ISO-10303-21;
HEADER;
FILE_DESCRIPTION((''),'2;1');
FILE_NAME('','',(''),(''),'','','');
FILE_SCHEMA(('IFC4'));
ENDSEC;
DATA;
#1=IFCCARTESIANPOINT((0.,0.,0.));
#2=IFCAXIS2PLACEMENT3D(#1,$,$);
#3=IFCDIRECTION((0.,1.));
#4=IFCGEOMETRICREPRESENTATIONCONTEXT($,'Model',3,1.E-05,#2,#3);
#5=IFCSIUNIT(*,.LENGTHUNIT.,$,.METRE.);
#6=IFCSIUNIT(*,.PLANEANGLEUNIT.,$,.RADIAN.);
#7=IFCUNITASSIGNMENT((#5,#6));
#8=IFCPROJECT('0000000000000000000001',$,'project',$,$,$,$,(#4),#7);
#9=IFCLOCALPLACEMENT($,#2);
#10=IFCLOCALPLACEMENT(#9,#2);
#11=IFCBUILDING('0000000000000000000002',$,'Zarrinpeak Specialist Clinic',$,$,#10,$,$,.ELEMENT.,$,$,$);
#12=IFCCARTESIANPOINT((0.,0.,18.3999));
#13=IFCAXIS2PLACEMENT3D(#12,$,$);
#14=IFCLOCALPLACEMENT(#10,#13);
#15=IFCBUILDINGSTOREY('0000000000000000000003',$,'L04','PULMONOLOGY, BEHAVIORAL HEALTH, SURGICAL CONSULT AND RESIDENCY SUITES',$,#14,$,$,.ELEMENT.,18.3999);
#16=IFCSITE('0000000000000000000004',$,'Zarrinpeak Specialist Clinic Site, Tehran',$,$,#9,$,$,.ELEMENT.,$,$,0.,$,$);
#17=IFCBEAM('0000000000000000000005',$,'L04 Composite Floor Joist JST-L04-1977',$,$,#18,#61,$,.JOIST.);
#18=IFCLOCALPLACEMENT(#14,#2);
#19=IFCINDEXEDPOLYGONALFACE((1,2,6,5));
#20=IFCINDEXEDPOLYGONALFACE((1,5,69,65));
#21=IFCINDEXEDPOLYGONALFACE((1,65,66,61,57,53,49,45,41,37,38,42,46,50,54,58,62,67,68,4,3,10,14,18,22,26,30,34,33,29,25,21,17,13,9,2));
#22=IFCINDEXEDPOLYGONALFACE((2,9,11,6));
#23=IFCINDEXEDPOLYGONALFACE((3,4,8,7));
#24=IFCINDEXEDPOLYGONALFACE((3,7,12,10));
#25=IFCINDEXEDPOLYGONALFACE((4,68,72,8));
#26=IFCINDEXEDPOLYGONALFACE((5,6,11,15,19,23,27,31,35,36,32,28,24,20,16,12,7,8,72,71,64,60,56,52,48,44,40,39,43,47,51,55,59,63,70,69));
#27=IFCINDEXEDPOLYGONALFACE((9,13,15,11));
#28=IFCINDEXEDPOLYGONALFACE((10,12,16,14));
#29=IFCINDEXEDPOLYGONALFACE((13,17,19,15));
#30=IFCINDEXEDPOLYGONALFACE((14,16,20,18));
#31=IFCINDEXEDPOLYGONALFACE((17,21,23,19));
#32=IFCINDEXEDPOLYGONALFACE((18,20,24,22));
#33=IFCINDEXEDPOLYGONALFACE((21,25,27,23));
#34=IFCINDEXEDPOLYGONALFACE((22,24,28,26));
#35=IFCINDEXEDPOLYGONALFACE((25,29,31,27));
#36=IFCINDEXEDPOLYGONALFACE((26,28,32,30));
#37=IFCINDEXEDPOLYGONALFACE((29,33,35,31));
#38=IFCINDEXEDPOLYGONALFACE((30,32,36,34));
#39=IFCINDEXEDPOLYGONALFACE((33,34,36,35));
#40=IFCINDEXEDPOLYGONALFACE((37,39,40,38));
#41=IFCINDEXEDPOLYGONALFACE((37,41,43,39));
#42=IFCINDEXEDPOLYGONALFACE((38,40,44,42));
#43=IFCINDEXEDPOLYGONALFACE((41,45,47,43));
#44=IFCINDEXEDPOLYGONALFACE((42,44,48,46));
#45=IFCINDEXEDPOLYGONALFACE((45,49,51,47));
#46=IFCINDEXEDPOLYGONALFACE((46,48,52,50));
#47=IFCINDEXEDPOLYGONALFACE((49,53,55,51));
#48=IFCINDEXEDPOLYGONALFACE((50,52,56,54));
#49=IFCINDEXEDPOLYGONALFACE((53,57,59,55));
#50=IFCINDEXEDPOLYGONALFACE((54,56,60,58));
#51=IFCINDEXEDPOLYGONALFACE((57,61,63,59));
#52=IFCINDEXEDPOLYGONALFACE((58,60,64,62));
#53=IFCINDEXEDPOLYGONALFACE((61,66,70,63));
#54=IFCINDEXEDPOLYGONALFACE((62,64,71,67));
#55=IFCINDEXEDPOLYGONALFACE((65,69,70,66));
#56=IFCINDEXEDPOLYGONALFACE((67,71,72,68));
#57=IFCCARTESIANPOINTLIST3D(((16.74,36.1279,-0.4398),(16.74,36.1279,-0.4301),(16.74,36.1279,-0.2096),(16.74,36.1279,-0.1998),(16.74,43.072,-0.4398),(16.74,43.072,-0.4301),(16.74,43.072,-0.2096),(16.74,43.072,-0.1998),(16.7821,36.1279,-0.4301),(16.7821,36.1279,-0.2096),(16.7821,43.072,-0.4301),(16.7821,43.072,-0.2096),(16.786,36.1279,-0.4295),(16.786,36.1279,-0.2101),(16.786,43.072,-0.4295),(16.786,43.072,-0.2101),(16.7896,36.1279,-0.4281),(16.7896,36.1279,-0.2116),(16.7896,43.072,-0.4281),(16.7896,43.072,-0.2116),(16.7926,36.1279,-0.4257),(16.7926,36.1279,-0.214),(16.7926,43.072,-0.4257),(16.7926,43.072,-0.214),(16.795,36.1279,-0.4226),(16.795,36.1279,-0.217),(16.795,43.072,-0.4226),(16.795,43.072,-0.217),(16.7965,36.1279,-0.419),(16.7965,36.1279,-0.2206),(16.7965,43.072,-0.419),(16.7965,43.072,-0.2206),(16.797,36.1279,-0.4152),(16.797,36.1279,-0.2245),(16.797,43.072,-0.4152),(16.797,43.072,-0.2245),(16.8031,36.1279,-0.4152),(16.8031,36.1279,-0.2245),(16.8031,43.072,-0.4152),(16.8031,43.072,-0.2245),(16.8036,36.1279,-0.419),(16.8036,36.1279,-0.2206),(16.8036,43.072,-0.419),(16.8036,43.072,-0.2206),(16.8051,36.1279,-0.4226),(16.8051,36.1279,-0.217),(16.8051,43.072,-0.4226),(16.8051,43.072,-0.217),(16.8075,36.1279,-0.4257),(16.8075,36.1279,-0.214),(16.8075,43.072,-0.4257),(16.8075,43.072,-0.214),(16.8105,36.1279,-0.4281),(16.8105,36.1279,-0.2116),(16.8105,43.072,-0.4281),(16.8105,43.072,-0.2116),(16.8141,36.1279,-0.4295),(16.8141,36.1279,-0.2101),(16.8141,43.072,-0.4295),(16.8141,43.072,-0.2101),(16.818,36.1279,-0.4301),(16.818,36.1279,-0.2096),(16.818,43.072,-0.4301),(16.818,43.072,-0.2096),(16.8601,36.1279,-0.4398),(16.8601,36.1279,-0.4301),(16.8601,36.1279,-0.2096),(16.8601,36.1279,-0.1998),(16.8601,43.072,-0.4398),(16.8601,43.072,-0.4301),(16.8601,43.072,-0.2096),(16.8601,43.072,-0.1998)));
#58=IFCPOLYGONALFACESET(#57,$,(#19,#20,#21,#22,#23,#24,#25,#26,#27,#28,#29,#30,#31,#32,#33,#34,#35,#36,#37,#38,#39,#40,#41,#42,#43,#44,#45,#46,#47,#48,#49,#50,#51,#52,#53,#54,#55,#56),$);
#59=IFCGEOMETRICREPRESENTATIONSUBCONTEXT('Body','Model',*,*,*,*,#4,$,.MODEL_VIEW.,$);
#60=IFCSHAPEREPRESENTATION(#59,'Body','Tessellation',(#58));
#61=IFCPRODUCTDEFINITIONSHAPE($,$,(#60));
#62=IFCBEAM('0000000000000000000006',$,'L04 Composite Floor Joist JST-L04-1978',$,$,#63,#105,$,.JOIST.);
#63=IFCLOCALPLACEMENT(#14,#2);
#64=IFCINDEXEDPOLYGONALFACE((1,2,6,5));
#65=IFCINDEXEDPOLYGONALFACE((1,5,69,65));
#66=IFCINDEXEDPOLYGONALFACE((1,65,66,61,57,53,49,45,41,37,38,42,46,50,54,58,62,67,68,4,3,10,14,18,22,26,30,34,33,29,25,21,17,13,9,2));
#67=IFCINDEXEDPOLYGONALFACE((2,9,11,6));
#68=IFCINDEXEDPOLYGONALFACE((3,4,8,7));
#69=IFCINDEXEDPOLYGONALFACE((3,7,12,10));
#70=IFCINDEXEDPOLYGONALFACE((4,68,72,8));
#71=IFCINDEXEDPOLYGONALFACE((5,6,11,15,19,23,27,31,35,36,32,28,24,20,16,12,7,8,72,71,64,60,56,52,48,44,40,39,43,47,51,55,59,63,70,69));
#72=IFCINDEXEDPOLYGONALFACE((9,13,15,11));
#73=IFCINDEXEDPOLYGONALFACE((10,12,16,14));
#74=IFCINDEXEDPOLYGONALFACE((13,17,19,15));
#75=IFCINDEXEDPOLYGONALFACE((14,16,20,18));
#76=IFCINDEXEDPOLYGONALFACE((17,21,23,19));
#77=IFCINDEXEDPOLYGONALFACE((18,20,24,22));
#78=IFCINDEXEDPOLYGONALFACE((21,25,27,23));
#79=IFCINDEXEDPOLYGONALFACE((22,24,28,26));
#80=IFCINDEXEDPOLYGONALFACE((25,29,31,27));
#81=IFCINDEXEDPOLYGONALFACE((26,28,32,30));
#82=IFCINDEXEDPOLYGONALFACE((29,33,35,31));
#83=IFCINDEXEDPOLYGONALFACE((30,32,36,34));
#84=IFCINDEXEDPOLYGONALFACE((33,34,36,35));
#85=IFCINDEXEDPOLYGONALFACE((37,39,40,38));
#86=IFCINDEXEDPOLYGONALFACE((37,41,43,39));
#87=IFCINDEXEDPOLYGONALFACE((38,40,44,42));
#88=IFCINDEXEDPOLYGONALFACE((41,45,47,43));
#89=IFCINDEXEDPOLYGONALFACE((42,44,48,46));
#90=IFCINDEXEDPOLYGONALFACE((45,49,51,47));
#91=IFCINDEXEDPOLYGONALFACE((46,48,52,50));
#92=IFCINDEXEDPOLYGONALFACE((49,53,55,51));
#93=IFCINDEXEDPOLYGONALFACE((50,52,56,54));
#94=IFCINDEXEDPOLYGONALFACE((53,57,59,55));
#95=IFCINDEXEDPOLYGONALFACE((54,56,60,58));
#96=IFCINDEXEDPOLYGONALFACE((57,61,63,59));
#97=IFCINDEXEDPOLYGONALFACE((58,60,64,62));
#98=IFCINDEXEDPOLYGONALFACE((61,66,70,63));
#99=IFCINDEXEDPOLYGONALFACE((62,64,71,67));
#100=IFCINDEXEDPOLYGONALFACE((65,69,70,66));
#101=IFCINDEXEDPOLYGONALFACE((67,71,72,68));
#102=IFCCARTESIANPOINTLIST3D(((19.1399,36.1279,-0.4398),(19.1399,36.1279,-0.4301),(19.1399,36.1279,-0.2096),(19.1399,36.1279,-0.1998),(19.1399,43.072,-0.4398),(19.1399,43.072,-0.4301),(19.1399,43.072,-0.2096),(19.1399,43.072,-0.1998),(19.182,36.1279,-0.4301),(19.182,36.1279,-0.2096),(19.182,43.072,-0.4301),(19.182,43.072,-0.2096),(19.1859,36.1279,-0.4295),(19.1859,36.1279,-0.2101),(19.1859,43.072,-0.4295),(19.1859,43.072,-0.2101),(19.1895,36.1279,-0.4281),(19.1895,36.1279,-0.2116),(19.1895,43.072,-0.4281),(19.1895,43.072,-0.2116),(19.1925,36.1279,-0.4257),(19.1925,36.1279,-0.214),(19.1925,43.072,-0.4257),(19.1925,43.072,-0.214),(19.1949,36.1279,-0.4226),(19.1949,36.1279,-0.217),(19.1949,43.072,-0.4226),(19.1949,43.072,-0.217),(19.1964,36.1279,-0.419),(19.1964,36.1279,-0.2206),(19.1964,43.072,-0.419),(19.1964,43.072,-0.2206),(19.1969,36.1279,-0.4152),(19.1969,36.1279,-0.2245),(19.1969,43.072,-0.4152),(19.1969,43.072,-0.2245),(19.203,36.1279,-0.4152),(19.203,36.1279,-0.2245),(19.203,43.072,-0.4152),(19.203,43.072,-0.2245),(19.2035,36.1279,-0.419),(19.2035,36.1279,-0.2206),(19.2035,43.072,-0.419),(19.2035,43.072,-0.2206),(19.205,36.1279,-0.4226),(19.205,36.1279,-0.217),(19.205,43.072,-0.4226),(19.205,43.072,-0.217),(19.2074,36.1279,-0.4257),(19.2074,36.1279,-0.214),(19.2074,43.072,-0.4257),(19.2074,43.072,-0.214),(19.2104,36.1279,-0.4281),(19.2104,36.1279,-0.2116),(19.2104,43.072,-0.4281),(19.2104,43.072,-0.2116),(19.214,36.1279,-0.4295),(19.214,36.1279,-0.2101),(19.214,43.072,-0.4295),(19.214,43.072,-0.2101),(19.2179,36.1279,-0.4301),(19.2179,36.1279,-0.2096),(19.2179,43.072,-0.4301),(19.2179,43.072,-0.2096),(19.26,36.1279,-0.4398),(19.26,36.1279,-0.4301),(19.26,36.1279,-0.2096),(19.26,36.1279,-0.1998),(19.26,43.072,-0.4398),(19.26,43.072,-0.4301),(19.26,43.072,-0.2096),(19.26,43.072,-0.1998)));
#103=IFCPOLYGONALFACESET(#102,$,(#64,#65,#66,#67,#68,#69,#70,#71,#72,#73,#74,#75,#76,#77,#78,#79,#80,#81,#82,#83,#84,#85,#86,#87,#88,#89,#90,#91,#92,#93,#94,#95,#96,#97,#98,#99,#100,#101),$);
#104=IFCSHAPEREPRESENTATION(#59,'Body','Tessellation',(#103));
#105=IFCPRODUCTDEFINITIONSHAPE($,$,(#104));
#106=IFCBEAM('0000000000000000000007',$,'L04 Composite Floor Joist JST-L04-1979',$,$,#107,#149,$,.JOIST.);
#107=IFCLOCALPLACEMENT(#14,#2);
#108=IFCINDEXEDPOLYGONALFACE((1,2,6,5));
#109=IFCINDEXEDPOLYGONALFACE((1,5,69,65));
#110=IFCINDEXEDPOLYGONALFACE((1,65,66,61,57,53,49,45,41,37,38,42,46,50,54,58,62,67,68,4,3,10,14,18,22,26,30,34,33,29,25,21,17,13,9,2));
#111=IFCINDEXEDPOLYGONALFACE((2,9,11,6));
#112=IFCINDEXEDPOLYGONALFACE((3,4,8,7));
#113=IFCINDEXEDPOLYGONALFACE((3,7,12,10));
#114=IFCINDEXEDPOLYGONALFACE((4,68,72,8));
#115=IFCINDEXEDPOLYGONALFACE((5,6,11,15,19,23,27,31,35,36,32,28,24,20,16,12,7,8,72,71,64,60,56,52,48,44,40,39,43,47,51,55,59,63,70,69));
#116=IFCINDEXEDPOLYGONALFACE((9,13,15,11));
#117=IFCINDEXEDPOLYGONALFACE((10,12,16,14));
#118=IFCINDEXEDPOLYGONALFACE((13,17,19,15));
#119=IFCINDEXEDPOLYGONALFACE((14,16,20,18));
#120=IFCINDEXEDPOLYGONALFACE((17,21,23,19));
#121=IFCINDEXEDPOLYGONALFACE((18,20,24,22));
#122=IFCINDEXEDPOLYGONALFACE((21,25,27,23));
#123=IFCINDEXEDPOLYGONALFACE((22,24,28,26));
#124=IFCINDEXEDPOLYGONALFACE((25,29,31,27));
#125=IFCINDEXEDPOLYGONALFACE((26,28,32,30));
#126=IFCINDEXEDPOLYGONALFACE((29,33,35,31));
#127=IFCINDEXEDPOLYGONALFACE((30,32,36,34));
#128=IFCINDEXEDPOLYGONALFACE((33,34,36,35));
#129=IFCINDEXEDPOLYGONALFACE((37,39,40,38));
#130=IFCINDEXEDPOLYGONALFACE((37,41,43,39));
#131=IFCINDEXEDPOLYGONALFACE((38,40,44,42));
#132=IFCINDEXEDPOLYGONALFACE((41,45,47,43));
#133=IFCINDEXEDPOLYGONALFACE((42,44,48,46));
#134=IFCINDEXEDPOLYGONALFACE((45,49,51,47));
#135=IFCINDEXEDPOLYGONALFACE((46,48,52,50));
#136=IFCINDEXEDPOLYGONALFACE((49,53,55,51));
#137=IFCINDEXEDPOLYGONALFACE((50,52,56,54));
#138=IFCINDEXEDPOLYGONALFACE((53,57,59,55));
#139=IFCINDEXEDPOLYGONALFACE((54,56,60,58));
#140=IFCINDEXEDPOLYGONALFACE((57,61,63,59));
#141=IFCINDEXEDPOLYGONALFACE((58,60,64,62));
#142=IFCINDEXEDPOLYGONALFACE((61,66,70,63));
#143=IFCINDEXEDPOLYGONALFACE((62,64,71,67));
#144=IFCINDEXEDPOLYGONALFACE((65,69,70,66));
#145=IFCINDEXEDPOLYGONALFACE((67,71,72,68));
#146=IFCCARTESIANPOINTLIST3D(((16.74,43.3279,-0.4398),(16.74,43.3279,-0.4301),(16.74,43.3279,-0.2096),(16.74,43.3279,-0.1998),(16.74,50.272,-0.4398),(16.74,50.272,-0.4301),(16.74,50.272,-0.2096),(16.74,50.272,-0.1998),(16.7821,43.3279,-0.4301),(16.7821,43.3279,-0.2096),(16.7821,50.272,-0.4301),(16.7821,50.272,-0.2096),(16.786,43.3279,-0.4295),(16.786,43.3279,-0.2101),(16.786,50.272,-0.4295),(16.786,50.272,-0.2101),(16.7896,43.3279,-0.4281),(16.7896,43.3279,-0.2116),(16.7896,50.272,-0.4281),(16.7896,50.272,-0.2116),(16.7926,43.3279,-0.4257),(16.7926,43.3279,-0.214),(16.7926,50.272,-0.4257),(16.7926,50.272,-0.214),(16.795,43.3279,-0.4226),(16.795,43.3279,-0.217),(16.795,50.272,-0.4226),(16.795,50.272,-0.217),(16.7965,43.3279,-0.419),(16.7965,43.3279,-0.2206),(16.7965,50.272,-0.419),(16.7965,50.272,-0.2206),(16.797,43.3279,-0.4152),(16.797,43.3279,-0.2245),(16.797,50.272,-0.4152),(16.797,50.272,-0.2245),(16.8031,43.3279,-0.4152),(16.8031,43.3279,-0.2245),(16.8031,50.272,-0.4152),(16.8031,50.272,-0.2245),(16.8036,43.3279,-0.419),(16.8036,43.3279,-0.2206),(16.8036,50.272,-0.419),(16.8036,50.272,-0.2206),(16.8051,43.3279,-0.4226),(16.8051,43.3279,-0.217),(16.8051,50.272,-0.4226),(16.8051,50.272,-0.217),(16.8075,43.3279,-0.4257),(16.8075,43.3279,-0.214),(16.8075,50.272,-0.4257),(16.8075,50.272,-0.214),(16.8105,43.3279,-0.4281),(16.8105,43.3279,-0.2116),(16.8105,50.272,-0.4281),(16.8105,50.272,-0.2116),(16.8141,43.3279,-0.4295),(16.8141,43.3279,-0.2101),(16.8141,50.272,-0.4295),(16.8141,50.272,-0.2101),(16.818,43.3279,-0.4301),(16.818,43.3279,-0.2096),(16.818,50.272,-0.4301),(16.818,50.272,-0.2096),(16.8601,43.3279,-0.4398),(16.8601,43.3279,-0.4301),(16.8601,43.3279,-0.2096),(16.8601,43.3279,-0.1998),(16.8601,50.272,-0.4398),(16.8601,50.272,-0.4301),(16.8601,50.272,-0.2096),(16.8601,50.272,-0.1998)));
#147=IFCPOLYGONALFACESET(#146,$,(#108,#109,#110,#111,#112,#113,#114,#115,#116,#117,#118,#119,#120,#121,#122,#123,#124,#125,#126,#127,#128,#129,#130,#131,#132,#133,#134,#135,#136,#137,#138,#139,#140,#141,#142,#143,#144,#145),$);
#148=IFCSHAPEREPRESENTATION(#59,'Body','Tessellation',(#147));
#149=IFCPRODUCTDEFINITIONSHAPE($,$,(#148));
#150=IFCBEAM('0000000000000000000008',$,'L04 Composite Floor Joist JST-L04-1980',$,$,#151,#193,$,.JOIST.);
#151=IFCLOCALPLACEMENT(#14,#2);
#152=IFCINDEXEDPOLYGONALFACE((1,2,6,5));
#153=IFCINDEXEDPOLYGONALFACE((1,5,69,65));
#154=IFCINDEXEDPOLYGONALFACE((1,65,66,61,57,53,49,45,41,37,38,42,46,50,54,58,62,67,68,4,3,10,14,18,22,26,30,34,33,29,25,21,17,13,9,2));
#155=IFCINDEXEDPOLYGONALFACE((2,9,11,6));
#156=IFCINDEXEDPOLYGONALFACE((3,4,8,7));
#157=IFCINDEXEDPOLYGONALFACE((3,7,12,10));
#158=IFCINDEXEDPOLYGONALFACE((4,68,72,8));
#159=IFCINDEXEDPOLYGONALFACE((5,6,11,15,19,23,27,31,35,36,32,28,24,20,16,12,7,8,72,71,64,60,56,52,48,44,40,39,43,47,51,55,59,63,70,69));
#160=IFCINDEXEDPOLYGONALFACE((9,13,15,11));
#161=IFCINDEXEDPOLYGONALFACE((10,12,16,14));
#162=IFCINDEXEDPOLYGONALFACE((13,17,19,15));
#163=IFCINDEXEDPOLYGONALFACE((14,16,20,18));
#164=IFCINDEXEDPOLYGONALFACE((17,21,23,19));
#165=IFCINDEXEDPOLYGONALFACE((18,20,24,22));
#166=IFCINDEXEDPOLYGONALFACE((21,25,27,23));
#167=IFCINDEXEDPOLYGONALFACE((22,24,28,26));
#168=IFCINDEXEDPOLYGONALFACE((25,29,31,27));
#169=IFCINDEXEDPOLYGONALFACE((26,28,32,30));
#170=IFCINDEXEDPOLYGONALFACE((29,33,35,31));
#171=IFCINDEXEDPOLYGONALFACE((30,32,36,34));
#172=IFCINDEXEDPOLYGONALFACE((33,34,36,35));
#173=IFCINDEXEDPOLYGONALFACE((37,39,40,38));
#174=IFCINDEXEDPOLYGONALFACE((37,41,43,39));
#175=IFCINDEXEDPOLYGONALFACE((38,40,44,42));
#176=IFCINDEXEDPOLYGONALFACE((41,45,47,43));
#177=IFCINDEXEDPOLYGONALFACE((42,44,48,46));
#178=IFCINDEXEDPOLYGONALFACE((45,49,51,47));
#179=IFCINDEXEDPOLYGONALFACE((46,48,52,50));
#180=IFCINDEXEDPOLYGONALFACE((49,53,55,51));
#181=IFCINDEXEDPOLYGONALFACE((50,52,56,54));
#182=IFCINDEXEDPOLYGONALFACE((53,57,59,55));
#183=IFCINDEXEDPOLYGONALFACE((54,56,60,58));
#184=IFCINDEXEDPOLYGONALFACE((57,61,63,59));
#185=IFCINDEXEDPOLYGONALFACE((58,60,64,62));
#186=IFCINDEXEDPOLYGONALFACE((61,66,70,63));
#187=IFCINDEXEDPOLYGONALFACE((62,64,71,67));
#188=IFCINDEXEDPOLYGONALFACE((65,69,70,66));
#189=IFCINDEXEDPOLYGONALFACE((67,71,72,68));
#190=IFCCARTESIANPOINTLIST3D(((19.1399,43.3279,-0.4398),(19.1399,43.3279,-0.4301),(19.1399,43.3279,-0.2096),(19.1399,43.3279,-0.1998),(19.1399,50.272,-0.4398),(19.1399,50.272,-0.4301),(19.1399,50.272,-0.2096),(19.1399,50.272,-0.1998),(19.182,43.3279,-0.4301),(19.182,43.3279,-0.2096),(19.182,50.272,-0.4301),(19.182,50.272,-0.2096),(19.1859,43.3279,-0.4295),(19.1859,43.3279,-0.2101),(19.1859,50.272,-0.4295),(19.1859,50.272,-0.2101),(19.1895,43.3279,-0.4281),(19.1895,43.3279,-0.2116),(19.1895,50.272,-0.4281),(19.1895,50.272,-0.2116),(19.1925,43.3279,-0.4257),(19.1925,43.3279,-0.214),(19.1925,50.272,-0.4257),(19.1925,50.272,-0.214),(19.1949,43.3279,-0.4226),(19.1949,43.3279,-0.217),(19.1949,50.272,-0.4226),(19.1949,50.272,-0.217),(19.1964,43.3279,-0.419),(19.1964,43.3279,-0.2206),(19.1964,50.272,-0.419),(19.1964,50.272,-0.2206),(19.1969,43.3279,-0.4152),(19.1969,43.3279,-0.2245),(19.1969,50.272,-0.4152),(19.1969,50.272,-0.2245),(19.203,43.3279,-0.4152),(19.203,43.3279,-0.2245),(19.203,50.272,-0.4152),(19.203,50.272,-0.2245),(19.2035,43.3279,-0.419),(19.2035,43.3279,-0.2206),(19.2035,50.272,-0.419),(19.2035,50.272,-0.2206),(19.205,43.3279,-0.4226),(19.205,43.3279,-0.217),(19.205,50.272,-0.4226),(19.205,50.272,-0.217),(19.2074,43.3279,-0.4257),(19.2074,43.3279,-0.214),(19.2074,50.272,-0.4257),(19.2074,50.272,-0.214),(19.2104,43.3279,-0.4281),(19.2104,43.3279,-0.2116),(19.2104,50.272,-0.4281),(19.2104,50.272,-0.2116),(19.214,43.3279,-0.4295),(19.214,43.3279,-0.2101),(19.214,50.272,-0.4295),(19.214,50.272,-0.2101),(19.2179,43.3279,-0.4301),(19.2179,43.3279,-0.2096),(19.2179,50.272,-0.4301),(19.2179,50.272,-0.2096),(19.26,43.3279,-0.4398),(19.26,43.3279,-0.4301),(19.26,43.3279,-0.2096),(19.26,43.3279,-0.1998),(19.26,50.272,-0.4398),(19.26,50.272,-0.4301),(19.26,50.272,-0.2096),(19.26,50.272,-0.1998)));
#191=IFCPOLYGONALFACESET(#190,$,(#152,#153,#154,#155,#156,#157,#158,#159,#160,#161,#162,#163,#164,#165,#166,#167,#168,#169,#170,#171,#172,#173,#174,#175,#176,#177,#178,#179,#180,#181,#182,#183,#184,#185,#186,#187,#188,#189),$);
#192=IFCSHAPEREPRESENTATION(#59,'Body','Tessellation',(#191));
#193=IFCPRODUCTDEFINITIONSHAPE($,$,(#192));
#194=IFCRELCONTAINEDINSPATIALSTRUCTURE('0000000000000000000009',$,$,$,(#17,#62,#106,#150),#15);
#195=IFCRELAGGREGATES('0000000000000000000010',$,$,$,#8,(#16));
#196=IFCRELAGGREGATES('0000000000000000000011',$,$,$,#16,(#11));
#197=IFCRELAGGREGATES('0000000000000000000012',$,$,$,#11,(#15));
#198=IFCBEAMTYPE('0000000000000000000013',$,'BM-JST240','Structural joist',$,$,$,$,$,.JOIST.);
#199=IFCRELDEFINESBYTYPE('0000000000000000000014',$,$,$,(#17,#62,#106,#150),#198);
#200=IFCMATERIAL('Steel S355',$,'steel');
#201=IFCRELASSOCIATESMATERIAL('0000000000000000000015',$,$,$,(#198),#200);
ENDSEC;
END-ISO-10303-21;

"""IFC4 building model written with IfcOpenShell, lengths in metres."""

from ifc_helpers import new_model, si_unit, direction, frame, origin, origin_2d, place, context, subcontext, project, spatial, i_section, extrude, material, material_profile, profile_set, type_object, element, save


model = new_model("IFC4")

# Units and contexts
model_context = context("Model", 3, precision=1e-05, world=origin(), true_north=direction((0.0, 1.0)))
body_context = subcontext(model_context, "Body", "Model", "MODEL_VIEW")
ifc_project = project(units=[si_unit("LENGTHUNIT", "METRE"), si_unit("PLANEANGLEUNIT", "RADIAN")], contexts=[model_context])

# Site, building, storey
site_placement = place(None, origin())
site = spatial("IfcSite", under=ifc_project, at=site_placement, Name="Zarrinpeak Specialist Clinic Site, Tehran", CompositionType="ELEMENT", RefElevation=0.0)
building_placement = place(site_placement, origin())
building = spatial("IfcBuilding", under=site, at=building_placement, Name="Zarrinpeak Specialist Clinic", CompositionType="ELEMENT")
storey_placement = place(building_placement, frame((0.0, 0.0, 18.3999)))
storey = spatial("IfcBuildingStorey", under=building, at=storey_placement, Name="L04", Description="PULMONOLOGY, BEHAVIORAL HEALTH, SURGICAL CONSULT AND RESIDENCY SUITES", CompositionType="ELEMENT", Elevation=18.3999)

# Shared definitions
ifc_material_1 = material(Name="Steel S355", Category="steel")

# Beams
ifc_material_profile_1 = material_profile(ifc_material_1, i_section(OverallWidth=0.1201, OverallDepth=0.24, WebThickness=0.0061, FlangeThickness=0.0098, FilletRadius=0.0149, at=origin_2d()), Name="IPE 240")
ifc_profile_set_1 = profile_set([ifc_material_profile_1], Name="Steel S355")
beam_type_1 = type_object("IfcBeamType", Name="BM-JST240", Description="Structural joist", PredefinedType="JOIST", material=ifc_profile_set_1)
for number, where, z_axis, x_axis, name in (
    (1, (16.8, 36.1279, -0.3198), (0.0, 1.0, 0.0), (-1.0, 0.0, 0.0), "L04 Composite Floor Joist JST-L04-1977"),
    (2, (19.2, 36.1279, -0.3198), (0.0, 1.0, 0.0), (-1.0, 0.0, 0.0), "L04 Composite Floor Joist JST-L04-1978"),
    (3, (16.8, 43.3279, -0.3198), (0.0, 1.0, 0.0), (-1.0, 0.0, 0.0), "L04 Composite Floor Joist JST-L04-1979"),
    (4, (19.2, 43.3279, -0.3198), (0.0, 1.0, 0.0), (-1.0, 0.0, 0.0), "L04 Composite Floor Joist JST-L04-1980"),
):
    element("IfcBeam", number, at=place(storey_placement, frame(where, z_axis=z_axis, x_axis=x_axis)), inside=storey, type_object=beam_type_1, Name=name, PredefinedType="JOIST", context=body_context, shape_type="SweptSolid", body=[
        extrude(i_section(OverallWidth=0.1201, OverallDepth=0.24, WebThickness=0.0061, FlangeThickness=0.0098, FilletRadius=0.0149, at=origin_2d()), origin(), (0.0, 0.0, 1.0), 6.9441),
    ])

save(model, "model.ifc")
